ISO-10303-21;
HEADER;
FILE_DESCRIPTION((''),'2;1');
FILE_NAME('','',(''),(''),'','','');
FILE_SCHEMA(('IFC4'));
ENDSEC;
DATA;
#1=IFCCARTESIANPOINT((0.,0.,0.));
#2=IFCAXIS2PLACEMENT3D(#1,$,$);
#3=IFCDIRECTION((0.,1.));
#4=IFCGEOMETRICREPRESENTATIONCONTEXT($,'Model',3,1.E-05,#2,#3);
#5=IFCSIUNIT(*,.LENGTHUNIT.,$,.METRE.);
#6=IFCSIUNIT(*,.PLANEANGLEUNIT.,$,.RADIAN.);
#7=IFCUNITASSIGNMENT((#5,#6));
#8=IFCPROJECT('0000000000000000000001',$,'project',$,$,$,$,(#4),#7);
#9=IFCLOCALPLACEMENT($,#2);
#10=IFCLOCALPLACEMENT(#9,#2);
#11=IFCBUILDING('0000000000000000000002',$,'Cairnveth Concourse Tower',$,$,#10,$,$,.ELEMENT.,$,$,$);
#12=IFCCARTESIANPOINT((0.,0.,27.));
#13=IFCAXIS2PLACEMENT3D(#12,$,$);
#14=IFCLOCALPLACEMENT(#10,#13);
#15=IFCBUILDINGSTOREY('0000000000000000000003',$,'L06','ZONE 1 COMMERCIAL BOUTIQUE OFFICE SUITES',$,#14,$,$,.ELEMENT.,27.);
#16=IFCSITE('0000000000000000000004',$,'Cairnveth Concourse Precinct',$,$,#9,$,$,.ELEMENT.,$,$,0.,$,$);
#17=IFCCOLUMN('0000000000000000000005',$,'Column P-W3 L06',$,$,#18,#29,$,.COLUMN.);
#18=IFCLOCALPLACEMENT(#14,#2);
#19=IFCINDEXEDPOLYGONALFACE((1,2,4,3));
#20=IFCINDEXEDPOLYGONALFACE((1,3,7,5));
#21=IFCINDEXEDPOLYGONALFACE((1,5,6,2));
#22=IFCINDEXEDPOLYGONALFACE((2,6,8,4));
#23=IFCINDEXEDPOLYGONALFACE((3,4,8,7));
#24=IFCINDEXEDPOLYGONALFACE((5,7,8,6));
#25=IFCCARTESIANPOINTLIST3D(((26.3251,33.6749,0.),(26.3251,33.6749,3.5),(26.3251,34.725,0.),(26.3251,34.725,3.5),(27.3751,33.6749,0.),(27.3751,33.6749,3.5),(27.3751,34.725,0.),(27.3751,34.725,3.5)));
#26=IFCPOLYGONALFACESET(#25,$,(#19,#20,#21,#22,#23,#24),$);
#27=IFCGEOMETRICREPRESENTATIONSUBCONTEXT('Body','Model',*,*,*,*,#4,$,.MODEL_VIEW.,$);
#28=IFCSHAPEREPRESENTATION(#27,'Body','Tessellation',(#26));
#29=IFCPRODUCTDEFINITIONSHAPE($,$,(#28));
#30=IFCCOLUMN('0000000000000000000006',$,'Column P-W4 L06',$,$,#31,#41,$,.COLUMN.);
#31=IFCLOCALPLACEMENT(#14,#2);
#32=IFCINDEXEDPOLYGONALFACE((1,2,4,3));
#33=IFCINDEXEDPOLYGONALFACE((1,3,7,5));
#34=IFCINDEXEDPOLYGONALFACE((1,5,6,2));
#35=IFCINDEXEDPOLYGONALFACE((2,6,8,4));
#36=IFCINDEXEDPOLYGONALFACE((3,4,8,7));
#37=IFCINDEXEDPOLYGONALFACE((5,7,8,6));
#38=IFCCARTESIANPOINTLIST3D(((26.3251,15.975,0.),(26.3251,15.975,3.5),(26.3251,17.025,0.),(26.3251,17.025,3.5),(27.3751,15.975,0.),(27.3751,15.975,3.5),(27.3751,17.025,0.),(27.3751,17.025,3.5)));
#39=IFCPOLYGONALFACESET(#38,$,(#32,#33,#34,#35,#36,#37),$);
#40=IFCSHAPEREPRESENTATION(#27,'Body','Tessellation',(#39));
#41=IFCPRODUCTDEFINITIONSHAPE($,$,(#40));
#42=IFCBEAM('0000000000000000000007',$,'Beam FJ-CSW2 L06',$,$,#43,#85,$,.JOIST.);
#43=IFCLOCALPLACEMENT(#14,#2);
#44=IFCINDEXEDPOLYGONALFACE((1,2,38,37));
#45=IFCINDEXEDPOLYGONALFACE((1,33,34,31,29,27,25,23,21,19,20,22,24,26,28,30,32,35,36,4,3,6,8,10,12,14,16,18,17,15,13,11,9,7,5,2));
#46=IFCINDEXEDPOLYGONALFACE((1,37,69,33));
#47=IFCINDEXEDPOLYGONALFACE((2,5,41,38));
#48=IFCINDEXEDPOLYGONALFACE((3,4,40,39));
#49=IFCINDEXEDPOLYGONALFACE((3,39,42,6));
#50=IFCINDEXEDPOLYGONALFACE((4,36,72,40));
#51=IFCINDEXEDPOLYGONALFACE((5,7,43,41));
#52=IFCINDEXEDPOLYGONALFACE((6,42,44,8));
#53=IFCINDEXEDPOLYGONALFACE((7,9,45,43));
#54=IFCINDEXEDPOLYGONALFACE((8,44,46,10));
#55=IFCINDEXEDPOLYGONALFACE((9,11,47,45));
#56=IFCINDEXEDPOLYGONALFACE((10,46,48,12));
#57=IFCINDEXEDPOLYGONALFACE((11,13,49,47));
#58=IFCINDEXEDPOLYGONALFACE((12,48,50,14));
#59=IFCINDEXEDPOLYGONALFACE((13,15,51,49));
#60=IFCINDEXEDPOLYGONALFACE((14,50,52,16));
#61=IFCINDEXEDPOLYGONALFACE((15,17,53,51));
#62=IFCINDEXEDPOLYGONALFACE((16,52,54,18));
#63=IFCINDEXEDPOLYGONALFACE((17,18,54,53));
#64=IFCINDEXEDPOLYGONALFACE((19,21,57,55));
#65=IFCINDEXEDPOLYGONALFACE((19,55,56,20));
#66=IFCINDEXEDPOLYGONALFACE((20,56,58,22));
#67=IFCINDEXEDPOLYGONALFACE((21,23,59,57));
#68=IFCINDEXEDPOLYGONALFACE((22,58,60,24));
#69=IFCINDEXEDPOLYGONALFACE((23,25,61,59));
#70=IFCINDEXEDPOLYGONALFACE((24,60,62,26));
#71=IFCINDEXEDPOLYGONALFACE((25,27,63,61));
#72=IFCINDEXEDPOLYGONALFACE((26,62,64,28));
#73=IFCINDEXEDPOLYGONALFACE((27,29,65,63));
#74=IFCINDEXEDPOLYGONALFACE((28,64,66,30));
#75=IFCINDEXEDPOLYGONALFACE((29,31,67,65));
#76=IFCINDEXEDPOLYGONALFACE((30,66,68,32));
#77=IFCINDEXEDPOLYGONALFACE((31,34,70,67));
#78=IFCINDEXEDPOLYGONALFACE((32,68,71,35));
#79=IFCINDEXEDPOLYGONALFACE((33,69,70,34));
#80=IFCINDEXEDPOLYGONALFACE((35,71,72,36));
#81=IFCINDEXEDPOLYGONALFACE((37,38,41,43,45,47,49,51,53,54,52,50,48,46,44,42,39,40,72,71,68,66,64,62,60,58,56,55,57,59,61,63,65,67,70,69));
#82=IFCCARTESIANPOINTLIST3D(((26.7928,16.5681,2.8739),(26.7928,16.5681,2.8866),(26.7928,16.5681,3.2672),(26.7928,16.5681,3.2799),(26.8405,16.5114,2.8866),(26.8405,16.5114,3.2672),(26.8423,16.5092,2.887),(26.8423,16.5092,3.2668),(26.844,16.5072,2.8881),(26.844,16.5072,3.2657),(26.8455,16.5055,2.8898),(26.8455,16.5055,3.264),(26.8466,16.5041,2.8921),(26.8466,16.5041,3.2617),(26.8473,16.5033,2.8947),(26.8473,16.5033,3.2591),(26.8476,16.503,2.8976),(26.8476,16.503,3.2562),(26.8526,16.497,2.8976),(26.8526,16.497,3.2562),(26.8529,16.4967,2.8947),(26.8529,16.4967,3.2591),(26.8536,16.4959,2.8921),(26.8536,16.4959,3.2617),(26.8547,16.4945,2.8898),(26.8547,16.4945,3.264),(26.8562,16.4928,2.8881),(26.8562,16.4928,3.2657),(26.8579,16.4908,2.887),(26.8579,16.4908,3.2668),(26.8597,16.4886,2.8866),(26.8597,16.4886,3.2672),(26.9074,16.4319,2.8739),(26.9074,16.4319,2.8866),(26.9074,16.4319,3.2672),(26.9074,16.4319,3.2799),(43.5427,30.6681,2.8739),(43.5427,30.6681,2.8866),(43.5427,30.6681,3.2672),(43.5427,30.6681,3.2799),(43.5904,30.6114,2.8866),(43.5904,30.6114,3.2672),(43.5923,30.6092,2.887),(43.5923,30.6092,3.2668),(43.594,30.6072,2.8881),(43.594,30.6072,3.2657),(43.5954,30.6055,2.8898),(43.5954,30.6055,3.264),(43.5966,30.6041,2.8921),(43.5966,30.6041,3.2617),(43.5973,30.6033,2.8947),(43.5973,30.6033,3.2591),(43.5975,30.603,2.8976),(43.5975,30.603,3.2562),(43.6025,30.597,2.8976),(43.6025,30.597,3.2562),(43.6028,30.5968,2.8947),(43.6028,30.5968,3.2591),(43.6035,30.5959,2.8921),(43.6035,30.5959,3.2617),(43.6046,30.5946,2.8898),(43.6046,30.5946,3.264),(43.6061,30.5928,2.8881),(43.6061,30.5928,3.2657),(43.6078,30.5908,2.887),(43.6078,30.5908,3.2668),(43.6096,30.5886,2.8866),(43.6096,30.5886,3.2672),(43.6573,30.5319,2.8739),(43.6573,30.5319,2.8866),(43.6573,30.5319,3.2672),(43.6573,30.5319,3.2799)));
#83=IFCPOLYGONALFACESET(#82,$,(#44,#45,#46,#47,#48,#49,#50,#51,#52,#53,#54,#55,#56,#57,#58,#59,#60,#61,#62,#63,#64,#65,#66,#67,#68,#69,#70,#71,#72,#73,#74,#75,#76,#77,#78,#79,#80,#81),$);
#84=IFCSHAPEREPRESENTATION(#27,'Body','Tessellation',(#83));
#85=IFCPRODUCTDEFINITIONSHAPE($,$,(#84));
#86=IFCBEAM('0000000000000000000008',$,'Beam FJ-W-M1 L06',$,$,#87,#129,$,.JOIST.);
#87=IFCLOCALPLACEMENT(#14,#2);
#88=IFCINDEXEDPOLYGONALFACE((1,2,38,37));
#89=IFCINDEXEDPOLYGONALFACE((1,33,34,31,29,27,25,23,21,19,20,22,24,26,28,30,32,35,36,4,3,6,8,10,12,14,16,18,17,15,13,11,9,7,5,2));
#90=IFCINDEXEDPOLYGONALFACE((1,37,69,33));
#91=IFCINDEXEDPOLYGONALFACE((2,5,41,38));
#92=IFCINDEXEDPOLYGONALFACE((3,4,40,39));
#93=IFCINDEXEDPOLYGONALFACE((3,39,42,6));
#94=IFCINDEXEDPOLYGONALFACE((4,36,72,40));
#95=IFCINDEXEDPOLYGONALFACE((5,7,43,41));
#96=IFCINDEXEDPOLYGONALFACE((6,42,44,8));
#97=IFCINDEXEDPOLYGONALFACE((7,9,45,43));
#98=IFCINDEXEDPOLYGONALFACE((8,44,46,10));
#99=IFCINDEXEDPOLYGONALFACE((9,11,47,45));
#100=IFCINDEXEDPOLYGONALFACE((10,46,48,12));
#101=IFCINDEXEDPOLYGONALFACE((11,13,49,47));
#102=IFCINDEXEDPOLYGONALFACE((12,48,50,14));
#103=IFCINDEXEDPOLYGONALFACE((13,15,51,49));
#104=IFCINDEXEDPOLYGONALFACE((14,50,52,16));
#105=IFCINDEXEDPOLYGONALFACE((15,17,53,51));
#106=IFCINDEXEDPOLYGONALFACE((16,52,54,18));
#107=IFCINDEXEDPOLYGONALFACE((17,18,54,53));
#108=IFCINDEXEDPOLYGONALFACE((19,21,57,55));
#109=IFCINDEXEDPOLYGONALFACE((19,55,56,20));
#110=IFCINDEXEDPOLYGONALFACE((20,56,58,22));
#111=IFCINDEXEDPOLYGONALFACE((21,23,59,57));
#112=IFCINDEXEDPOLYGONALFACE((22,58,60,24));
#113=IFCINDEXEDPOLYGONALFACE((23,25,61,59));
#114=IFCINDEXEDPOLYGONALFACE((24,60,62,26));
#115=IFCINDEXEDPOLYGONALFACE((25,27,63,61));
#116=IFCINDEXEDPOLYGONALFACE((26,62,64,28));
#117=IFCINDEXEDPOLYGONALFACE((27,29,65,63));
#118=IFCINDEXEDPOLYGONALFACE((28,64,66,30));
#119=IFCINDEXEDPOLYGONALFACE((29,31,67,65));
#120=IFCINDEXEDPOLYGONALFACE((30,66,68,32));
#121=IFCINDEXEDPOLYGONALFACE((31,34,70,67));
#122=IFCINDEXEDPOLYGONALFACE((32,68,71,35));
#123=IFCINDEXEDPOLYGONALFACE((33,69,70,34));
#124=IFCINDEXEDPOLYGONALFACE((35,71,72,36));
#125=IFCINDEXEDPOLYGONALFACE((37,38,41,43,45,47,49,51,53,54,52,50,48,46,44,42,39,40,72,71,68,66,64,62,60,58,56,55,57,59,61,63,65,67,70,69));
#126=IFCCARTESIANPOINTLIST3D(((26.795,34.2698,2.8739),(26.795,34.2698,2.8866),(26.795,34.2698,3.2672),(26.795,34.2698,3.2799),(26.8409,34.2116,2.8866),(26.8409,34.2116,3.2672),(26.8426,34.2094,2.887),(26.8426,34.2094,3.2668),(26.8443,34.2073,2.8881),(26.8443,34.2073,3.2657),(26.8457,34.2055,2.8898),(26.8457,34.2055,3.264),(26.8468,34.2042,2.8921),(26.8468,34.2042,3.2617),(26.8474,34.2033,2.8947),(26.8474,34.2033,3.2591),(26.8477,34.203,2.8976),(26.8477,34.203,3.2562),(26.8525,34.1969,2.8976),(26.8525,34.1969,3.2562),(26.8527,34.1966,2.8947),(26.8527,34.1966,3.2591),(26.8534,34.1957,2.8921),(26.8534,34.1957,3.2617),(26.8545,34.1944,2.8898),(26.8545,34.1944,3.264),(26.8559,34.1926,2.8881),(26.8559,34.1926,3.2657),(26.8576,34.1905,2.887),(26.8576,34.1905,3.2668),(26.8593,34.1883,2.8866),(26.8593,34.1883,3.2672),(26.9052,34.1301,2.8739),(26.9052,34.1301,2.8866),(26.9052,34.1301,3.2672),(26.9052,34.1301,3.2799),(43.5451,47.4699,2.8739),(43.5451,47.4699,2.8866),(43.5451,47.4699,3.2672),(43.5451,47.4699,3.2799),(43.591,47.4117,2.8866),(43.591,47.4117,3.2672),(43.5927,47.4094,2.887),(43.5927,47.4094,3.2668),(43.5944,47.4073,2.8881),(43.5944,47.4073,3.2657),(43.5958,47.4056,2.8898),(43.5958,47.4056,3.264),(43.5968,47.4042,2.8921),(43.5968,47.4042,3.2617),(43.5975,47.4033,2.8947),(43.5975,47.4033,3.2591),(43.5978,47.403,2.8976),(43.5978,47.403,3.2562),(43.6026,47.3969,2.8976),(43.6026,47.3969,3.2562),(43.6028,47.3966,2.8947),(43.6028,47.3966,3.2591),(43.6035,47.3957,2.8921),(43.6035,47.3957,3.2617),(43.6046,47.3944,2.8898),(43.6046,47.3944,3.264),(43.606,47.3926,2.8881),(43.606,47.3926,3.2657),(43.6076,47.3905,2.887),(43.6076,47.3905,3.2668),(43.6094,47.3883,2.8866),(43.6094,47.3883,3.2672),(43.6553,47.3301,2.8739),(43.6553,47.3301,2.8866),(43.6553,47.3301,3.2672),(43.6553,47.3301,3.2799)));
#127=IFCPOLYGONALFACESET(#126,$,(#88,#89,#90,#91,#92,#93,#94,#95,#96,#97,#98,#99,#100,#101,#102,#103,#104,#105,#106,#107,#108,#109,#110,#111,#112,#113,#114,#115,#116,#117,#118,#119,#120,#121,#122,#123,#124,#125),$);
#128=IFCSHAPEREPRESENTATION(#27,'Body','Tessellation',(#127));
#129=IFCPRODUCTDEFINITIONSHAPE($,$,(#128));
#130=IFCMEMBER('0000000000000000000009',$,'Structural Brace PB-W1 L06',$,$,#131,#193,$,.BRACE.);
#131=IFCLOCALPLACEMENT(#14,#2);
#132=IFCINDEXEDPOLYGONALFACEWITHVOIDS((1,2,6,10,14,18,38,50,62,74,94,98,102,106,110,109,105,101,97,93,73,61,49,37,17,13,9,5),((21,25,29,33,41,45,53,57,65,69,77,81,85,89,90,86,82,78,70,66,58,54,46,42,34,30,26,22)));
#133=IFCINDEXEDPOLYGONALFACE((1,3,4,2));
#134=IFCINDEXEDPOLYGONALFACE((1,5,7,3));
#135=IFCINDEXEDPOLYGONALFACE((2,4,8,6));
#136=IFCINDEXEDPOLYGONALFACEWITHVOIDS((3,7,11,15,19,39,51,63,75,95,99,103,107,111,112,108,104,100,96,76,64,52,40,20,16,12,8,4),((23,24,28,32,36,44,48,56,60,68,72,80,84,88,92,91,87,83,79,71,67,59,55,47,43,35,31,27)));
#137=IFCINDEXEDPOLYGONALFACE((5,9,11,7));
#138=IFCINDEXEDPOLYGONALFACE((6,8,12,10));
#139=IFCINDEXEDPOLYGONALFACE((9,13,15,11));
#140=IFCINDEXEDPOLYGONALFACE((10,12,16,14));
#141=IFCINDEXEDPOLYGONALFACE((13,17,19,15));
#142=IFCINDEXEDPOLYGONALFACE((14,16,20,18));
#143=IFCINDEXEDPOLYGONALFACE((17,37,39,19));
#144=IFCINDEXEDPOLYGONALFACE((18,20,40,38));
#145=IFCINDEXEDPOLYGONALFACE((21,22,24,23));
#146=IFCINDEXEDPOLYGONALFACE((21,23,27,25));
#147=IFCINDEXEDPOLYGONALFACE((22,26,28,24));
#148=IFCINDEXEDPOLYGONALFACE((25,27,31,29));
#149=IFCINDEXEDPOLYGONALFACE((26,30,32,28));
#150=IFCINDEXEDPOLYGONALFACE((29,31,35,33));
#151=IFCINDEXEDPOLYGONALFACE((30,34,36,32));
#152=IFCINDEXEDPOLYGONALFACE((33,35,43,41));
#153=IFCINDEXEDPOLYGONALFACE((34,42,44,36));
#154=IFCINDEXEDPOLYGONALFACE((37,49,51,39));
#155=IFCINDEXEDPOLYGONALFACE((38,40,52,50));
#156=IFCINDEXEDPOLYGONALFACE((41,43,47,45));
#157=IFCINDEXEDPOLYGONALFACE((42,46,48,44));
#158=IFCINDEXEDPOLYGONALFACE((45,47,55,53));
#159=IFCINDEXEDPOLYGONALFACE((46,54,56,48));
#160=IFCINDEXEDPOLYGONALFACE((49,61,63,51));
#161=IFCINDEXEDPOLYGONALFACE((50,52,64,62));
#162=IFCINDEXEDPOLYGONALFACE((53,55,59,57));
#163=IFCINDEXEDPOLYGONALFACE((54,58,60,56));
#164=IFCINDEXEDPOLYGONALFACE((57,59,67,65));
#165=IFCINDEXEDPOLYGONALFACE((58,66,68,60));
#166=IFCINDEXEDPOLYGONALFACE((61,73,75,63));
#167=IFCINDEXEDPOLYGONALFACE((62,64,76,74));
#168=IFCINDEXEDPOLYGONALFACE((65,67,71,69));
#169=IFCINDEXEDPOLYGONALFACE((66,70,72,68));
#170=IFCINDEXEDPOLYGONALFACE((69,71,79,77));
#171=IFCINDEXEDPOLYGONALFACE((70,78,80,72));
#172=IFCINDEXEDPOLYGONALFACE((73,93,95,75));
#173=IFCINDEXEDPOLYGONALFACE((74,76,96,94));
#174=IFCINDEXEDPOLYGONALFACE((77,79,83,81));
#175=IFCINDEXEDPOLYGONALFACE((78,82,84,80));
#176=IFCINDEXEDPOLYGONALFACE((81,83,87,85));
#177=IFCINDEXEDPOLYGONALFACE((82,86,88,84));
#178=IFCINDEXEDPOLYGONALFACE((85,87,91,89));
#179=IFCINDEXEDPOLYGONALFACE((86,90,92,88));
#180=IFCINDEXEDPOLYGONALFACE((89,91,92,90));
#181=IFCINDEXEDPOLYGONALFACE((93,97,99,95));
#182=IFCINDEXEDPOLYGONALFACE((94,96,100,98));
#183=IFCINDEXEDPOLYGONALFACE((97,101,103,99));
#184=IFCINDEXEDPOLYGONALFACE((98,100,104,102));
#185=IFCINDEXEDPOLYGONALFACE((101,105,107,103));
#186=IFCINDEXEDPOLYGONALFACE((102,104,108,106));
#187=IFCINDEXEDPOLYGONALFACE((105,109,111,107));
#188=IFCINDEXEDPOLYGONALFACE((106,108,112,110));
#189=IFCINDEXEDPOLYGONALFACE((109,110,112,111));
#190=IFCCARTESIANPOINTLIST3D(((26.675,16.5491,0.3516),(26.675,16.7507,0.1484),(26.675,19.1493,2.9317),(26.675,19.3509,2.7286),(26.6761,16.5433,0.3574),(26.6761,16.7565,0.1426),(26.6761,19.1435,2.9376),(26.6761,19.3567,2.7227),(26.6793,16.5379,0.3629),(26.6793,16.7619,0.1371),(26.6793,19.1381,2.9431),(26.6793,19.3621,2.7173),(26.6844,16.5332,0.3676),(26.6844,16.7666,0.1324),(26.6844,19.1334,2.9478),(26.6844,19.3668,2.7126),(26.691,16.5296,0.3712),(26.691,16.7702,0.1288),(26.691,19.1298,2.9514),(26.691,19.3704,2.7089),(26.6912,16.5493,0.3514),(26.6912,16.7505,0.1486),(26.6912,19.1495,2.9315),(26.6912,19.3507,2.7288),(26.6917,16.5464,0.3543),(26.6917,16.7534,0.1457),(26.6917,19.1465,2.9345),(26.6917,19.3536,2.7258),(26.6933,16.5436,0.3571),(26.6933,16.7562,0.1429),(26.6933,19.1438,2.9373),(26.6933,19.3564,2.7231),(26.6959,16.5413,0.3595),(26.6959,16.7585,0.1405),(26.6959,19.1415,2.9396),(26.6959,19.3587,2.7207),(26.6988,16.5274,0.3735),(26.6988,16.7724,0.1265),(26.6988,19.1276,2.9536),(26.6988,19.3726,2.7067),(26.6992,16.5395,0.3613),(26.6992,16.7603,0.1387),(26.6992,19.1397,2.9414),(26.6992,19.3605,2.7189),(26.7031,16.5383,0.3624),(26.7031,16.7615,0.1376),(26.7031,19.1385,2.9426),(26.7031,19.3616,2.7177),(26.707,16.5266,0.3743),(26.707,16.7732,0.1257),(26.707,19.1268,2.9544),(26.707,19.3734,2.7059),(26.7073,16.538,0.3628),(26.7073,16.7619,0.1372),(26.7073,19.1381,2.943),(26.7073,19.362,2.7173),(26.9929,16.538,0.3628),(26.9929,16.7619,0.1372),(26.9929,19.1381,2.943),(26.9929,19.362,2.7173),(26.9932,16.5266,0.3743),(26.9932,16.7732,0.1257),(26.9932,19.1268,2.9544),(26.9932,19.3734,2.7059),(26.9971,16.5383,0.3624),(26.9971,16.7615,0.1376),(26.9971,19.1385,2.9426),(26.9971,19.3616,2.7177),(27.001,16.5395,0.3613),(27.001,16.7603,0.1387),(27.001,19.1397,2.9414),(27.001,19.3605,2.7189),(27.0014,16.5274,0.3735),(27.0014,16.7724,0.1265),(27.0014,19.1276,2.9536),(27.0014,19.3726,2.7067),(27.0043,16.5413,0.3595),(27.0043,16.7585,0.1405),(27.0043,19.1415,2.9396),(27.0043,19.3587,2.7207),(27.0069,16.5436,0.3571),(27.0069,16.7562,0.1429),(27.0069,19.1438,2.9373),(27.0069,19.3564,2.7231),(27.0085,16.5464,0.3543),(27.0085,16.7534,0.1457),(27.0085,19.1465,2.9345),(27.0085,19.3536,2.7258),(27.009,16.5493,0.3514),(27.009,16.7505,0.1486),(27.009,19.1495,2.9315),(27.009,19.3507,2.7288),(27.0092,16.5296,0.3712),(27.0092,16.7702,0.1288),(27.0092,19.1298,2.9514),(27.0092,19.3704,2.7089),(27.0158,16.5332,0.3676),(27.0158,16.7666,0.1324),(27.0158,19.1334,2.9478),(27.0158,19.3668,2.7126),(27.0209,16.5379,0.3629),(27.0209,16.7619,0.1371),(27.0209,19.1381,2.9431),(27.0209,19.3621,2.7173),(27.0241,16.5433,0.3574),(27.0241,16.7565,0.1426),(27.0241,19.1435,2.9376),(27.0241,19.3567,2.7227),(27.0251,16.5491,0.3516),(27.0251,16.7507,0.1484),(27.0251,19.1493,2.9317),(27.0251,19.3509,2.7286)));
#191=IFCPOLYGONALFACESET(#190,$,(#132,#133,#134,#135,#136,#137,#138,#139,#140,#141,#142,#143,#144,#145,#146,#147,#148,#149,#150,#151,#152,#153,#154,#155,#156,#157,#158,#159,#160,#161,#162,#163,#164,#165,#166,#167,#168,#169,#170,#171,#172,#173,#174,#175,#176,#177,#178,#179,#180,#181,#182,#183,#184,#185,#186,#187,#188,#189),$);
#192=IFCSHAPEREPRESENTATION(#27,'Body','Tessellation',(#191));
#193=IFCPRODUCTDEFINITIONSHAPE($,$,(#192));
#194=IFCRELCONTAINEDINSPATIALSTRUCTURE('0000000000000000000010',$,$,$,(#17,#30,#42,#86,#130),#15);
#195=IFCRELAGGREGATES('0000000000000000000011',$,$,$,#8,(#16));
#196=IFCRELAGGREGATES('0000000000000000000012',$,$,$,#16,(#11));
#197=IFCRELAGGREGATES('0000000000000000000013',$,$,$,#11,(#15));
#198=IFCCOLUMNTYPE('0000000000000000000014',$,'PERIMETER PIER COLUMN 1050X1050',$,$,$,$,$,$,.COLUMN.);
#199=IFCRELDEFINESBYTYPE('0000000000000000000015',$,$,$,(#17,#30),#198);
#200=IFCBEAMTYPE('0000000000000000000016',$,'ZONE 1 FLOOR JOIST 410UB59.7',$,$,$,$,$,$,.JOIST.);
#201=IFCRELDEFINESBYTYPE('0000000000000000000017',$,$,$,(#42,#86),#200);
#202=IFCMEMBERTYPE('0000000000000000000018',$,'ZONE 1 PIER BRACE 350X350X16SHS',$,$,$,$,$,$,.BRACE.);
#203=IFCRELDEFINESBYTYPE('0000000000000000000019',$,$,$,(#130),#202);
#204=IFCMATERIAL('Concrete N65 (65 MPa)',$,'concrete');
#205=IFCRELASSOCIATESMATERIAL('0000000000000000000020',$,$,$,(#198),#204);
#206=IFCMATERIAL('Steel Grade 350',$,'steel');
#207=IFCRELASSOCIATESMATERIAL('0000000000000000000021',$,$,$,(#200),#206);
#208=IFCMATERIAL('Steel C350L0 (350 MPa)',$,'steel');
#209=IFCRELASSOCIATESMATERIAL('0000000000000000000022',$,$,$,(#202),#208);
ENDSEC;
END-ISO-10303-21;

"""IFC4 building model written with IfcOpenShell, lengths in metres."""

from ifc_helpers import new_model, si_unit, direction, frame, origin, origin_2d, place, context, subcontext, project, spatial, rectangle, hollow_rectangle, i_section, extrude, material, material_profile, profile_set, type_object, element, save


model = new_model("IFC4")

# Units and contexts
model_context = context("Model", 3, precision=1e-05, world=origin(), true_north=direction((0.0, 1.0)))
body_context = subcontext(model_context, "Body", "Model", "MODEL_VIEW")
ifc_project = project(units=[si_unit("LENGTHUNIT", "METRE"), si_unit("PLANEANGLEUNIT", "RADIAN")], contexts=[model_context])

# Site, building, storey
site_placement = place(None, origin())
site = spatial("IfcSite", under=ifc_project, at=site_placement, Name="Cairnveth Concourse Precinct", CompositionType="ELEMENT", RefElevation=0.0)
building_placement = place(site_placement, origin())
building = spatial("IfcBuilding", under=site, at=building_placement, Name="Cairnveth Concourse Tower", CompositionType="ELEMENT")
storey_placement = place(building_placement, frame((0.0, 0.0, 27.0)))
storey = spatial("IfcBuildingStorey", under=building, at=storey_placement, Name="L06", Description="ZONE 1 COMMERCIAL BOUTIQUE OFFICE SUITES", CompositionType="ELEMENT", Elevation=27.0)

# Columns
ifc_material_1 = material(Name="Concrete N65 (65 MPa)", Category="concrete")
ifc_material_profile_1 = material_profile(ifc_material_1, rectangle(XDim=1.05, YDim=1.05, at=origin_2d()), Name="RC-COL-1050x1050")
ifc_profile_set_1 = profile_set([ifc_material_profile_1], Name="Concrete N65 (65 MPa)")
column_type = type_object("IfcColumnType", Name="PERIMETER PIER COLUMN 1050X1050", PredefinedType="COLUMN", material=ifc_profile_set_1)
for number, where, z_axis, x_axis, name in (
    (1, (26.8501, 34.2, 0.0), (0.0, 0.0, 1.0), (0.0, 1.0, 0.0), "Column P-W3 L06"),
    (2, (26.8501, 16.5, 0.0), (0.0, 0.0, 1.0), (0.0, 1.0, 0.0), "Column P-W4 L06"),
):
    element("IfcColumn", number, at=place(storey_placement, frame(where, z_axis=z_axis, x_axis=x_axis)), inside=storey, type_object=column_type, Name=name, PredefinedType="COLUMN", context=body_context, shape_type="SweptSolid", body=[
        extrude(rectangle(XDim=1.05, YDim=1.05, at=origin_2d()), origin(), (0.0, 0.0, 1.0), 3.5),
    ])

# Beams
ifc_material_2 = material(Name="Steel Grade 350", Category="steel")
ifc_material_profile_2 = material_profile(ifc_material_2, i_section(OverallWidth=0.178, OverallDepth=0.406, WebThickness=0.0078, FlangeThickness=0.0127, FilletRadius=0.011, at=origin_2d()), Name="410UB59.7")
ifc_profile_set_2 = profile_set([ifc_material_profile_2], Name="Steel Grade 350")
beam_type_1 = type_object("IfcBeamType", Name="ZONE 1 FLOOR JOIST 410UB59.7", PredefinedType="JOIST", material=ifc_profile_set_2)
beam_1_placement = place(storey_placement, frame((26.8501, 16.5, 3.0769), z_axis=(0.765027, 0.643998, 0.0), x_axis=(-0.643998, 0.765027, 0.0)))
element("IfcBeam", 3, at=beam_1_placement, inside=storey, type_object=beam_type_1, Name="Beam FJ-CSW2 L06", PredefinedType="JOIST", context=body_context, shape_type="SweptSolid", body=[
    extrude(i_section(OverallWidth=0.178, OverallDepth=0.406, WebThickness=0.0078, FlangeThickness=0.0127, FilletRadius=0.011, at=origin_2d()), origin(), (0.0, 0.0, 1.0), 21.8945),
])
beam_2_placement = place(storey_placement, frame((26.8501, 34.2, 3.0769), z_axis=(0.785424, 0.618958, 0.0), x_axis=(-0.618958, 0.785424, 0.0)))
element("IfcBeam", 4, at=beam_2_placement, inside=storey, type_object=beam_type_1, Name="Beam FJ-W-M1 L06", PredefinedType="JOIST", context=body_context, shape_type="SweptSolid", body=[
    extrude(i_section(OverallWidth=0.178, OverallDepth=0.406, WebThickness=0.0078, FlangeThickness=0.0127, FilletRadius=0.011, at=origin_2d()), origin(), (0.0, 0.0, 1.0), 21.3262),
])

# Member
ifc_material_3 = material(Name="Steel C350L0 (350 MPa)", Category="steel")
ifc_material_profile_3 = material_profile(ifc_material_3, hollow_rectangle(XDim=0.3501, YDim=0.3501, WallThickness=0.0161, InnerFilletRadius=0.0161, OuterFilletRadius=0.032, at=origin_2d()), Name="350x350x16.0SHS")
ifc_profile_set_3 = profile_set([ifc_material_profile_3], Name="Steel C350L0 (350 MPa)")
member_type = type_object("IfcMemberType", Name="ZONE 1 PIER BRACE 350X350X16SHS", PredefinedType="BRACE", material=ifc_profile_set_3)
member_placement = place(storey_placement, frame((26.8501, 16.6499, 0.25), z_axis=(0.0, 0.709834, 0.704369), x_axis=(-1.0, 0.0, 0.0)))
element("IfcMember", 5, at=member_placement, inside=storey, type_object=member_type, Name="Structural Brace PB-W1 L06", PredefinedType="BRACE", context=body_context, shape_type="SweptSolid", body=[
    extrude(hollow_rectangle(XDim=0.3501, YDim=0.3501, WallThickness=0.0161, InnerFilletRadius=0.0161, OuterFilletRadius=0.032, at=origin_2d()), origin(), (0.0, 0.0, 1.0), 3.6631),
])

save(model, "model.ifc")
